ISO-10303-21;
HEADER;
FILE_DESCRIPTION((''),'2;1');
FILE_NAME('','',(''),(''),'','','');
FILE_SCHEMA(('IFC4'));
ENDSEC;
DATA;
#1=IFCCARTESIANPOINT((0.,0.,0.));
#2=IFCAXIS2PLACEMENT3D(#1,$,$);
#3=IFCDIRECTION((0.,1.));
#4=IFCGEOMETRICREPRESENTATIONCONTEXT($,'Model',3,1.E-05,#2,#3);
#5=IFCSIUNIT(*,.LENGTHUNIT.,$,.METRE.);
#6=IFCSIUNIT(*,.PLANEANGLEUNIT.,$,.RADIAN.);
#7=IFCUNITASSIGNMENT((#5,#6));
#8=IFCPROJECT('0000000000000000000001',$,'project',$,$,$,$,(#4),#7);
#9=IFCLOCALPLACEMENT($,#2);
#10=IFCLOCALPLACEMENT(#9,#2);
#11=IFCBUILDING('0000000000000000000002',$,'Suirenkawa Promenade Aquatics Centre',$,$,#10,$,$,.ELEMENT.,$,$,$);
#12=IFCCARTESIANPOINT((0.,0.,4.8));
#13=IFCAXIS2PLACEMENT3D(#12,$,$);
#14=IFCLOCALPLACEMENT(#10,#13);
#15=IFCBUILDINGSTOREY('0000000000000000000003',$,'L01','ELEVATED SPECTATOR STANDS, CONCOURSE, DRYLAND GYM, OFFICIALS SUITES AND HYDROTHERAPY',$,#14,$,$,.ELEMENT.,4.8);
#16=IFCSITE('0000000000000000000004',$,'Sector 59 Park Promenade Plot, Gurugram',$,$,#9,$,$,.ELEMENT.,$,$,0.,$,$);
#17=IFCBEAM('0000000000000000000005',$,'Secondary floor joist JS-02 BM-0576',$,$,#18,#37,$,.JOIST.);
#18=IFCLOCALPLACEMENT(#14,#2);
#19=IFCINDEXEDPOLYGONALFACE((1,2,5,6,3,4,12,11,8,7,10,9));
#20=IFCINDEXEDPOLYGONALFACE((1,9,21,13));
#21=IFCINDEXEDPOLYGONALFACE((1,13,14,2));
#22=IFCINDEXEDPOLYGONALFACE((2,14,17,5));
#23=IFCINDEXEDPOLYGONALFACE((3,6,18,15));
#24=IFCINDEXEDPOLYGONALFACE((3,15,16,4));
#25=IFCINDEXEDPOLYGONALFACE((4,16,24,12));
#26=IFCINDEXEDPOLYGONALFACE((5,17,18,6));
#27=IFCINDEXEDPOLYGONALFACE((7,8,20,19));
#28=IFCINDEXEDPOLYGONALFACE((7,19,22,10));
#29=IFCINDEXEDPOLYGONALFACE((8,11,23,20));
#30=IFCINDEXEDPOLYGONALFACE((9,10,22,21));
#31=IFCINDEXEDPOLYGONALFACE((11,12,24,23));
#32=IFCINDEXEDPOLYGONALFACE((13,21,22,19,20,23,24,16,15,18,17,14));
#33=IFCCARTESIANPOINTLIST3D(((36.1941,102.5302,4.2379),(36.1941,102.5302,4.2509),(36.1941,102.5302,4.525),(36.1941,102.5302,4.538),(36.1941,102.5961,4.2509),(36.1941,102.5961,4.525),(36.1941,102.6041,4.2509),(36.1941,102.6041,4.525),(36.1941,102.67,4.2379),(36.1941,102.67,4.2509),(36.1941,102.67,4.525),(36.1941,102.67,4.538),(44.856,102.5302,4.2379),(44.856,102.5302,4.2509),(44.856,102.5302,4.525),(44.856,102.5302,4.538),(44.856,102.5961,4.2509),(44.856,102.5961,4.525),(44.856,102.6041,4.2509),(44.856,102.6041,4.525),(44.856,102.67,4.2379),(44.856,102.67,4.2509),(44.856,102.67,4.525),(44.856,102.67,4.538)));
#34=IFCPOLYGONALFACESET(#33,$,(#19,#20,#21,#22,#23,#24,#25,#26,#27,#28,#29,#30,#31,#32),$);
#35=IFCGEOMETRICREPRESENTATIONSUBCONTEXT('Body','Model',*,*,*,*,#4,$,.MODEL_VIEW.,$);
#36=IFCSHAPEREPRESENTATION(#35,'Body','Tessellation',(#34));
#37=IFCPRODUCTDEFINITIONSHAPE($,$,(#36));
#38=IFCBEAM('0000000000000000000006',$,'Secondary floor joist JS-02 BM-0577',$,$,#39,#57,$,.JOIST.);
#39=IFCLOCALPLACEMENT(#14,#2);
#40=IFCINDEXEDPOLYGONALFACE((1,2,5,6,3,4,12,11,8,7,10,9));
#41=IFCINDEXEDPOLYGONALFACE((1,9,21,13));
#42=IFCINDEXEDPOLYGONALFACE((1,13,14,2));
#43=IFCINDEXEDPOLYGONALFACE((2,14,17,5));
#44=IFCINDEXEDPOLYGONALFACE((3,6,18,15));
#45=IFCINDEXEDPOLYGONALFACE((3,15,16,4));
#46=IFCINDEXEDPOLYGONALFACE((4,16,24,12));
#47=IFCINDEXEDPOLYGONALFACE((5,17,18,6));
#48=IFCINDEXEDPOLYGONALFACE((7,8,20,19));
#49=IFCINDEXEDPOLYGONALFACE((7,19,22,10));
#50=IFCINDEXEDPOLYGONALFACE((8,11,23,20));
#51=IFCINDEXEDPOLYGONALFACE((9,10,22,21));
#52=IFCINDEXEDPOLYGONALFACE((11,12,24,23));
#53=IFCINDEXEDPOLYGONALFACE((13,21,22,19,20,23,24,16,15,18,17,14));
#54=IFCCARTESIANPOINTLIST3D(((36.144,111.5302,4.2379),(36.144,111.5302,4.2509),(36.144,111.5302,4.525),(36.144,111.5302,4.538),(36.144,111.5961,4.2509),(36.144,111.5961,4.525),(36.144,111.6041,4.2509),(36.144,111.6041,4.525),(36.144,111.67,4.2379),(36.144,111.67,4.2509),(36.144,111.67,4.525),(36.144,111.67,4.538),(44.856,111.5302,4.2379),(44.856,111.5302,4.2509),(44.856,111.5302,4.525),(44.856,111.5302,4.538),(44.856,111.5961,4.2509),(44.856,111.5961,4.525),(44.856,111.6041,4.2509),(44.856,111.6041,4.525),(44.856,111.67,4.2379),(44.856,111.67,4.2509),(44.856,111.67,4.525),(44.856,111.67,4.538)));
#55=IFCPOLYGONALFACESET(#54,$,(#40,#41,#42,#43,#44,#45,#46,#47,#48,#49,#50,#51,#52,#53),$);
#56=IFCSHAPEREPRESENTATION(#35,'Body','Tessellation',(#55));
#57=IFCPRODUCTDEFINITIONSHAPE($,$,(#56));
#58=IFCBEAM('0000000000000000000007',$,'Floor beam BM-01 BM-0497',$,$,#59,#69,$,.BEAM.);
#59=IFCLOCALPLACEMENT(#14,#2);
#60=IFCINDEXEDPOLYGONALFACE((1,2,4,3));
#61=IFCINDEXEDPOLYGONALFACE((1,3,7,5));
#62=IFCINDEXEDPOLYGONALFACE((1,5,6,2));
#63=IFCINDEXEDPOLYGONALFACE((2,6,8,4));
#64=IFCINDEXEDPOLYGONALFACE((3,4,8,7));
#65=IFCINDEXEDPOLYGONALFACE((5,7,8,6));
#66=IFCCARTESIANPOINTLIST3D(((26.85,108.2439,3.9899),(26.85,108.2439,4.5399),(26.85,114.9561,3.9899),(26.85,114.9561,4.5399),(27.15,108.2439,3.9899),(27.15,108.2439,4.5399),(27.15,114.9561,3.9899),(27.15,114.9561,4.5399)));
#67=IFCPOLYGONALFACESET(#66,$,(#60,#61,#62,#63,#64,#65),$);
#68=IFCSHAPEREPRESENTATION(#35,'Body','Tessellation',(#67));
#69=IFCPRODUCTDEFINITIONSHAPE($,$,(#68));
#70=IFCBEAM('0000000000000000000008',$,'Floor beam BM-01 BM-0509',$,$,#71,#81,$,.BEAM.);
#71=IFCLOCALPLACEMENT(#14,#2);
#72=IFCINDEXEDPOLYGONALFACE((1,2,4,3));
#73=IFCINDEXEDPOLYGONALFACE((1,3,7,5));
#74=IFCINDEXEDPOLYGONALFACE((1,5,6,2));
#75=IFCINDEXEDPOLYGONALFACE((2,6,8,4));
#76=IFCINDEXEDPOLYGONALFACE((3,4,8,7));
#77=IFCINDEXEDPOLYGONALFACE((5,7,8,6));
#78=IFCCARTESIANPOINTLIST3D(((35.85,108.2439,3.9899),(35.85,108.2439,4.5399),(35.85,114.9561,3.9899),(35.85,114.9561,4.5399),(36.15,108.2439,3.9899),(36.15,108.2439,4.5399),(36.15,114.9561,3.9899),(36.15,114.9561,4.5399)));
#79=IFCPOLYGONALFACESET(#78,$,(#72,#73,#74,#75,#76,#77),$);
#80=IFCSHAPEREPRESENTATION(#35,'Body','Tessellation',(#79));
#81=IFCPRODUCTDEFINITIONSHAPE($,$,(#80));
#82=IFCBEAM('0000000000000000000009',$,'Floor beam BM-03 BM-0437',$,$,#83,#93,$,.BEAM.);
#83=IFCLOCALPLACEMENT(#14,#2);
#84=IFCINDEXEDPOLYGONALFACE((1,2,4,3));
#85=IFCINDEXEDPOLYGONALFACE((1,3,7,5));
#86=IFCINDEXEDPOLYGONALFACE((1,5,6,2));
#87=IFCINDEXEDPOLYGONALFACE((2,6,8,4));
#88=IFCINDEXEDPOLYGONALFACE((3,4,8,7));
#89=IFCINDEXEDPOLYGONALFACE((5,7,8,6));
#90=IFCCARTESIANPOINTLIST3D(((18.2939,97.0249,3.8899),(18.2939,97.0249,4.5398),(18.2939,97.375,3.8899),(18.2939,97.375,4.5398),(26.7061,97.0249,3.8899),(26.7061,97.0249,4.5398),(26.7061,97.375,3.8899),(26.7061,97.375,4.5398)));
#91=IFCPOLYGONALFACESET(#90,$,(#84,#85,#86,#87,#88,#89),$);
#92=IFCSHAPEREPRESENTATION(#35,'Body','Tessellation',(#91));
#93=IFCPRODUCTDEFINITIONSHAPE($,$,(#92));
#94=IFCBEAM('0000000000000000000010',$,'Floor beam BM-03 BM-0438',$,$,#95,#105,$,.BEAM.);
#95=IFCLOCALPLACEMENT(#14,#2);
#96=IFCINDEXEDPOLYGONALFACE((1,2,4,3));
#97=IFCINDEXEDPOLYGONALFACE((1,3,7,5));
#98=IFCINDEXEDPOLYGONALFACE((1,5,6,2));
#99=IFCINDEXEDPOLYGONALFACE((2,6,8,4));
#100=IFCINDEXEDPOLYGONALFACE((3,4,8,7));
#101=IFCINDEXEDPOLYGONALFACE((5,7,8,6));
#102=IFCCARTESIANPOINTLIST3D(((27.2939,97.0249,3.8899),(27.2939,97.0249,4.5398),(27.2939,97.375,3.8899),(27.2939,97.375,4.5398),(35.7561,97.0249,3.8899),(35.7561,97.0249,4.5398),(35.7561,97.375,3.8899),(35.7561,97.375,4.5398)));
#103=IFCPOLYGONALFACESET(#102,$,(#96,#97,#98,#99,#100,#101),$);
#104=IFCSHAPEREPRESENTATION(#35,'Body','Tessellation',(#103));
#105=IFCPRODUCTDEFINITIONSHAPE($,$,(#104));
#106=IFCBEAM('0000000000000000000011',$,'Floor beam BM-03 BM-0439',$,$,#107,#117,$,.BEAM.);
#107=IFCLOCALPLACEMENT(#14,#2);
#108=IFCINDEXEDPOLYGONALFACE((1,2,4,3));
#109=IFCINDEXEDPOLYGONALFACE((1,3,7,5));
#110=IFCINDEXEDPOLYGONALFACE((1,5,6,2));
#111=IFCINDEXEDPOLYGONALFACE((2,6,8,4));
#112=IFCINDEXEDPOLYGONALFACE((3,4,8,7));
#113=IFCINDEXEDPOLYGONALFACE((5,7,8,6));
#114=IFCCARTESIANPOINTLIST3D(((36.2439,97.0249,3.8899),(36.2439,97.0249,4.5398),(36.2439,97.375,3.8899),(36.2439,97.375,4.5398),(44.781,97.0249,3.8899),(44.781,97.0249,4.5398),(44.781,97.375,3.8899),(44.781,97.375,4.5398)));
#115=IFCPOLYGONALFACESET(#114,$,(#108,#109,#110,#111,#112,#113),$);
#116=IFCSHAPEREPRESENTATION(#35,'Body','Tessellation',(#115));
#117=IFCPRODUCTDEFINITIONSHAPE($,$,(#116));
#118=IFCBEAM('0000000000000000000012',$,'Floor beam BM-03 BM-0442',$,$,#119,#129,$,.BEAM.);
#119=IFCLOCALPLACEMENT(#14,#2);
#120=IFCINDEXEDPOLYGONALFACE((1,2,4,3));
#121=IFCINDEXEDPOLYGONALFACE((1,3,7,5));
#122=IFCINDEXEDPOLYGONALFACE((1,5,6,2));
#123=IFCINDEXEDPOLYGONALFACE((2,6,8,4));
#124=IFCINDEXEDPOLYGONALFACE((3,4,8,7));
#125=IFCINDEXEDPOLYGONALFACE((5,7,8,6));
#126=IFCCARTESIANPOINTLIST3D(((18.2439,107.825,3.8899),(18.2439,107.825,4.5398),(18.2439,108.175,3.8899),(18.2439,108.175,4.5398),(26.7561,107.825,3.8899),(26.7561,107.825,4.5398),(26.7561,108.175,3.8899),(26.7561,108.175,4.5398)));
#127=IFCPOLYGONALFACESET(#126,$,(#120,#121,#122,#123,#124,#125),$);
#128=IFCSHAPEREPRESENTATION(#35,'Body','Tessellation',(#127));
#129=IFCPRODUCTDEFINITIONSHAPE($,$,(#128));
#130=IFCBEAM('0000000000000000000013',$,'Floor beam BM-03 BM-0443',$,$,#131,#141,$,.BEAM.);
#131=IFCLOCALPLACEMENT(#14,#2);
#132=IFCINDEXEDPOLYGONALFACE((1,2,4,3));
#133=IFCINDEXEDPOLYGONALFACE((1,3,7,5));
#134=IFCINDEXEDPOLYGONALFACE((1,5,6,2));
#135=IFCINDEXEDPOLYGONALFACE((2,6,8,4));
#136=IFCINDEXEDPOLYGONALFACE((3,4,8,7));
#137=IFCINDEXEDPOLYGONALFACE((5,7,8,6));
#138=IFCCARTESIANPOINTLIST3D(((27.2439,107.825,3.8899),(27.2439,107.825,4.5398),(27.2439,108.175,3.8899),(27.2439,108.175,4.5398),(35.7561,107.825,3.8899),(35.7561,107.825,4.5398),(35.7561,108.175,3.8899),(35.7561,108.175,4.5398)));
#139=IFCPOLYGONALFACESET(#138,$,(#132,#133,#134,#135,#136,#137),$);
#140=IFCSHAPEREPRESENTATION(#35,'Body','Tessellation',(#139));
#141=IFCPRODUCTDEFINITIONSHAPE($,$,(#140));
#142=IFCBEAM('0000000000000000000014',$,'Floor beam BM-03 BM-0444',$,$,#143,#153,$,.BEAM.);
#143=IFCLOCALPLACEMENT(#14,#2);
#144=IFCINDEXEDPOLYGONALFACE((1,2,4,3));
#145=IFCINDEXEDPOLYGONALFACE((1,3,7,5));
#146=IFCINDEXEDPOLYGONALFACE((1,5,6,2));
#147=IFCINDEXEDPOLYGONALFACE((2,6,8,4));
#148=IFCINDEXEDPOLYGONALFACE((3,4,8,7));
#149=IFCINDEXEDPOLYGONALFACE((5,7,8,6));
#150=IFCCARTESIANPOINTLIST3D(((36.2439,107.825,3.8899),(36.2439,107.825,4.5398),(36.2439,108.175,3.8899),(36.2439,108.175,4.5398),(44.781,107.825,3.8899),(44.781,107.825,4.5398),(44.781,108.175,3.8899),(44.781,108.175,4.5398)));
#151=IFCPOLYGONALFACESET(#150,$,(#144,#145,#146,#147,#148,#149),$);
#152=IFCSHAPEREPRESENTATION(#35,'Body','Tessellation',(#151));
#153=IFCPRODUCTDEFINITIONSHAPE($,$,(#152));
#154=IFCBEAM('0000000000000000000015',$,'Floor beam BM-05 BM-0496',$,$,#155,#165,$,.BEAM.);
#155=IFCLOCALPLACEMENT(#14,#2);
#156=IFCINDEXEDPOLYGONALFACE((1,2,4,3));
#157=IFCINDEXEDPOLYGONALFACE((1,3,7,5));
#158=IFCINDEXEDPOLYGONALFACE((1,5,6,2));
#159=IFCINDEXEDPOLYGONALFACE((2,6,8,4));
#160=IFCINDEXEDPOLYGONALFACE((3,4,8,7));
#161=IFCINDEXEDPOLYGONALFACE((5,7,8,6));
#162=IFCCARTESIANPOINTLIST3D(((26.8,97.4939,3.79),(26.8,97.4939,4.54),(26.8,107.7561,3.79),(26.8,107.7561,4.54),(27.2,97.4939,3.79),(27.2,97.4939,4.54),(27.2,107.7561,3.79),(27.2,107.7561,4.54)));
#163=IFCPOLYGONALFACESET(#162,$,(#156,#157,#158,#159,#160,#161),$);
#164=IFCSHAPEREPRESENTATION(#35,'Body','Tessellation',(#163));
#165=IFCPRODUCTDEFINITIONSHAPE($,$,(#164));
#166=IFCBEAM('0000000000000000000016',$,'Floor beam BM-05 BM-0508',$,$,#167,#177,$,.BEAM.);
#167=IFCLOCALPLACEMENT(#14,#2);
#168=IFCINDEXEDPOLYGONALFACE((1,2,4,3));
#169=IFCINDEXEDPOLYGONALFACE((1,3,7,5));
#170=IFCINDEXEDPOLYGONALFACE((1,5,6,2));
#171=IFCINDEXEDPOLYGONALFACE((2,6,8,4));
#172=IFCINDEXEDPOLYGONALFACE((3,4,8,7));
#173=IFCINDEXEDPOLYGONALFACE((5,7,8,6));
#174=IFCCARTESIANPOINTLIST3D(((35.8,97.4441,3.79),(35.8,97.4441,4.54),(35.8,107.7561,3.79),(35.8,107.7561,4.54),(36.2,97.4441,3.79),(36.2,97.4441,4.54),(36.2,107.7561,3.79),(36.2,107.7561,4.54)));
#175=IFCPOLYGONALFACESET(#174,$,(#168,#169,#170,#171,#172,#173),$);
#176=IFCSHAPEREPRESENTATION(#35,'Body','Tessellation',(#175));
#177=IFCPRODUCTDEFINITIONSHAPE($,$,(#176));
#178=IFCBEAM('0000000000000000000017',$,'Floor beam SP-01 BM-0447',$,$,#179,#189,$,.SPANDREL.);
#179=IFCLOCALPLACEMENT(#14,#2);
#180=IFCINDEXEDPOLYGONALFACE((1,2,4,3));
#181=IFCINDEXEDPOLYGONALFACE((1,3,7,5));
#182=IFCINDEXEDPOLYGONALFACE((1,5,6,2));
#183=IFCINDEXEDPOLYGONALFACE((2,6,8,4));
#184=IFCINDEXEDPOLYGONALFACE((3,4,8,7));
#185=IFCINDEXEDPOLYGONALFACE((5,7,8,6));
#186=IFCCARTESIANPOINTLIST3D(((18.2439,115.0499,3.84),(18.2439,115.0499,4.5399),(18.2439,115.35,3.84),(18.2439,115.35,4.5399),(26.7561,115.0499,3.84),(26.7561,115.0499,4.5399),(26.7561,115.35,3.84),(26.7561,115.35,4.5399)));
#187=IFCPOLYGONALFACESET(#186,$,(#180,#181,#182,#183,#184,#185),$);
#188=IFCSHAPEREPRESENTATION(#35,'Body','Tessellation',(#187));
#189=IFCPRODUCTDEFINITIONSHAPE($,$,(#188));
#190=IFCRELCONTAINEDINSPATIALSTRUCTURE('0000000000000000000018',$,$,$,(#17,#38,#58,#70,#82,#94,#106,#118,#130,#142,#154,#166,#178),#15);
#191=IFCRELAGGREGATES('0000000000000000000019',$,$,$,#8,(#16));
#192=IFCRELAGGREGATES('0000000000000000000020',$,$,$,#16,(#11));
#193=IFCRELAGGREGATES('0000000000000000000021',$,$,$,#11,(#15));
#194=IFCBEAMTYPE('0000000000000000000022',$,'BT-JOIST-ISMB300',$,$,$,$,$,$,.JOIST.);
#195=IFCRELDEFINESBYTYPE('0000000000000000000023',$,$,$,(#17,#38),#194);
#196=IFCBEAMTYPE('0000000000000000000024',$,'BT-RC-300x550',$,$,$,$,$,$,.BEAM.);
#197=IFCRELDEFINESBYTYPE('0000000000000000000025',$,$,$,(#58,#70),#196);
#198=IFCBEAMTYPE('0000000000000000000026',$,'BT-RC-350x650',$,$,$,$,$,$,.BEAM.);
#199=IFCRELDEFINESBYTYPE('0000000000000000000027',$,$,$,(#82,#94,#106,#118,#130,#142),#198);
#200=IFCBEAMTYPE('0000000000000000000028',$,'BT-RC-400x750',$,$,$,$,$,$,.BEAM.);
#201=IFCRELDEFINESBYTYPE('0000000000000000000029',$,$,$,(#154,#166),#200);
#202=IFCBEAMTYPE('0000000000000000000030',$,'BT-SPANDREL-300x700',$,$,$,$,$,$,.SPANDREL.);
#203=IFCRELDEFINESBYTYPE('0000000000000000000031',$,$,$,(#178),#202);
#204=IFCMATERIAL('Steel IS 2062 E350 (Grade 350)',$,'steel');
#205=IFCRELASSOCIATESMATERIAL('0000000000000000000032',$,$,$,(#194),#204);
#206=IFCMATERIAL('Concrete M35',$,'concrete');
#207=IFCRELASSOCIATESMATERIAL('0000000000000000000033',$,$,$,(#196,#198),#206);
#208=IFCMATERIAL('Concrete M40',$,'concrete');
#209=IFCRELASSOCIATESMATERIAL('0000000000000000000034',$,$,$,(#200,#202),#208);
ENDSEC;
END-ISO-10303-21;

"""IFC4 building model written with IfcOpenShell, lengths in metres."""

from ifc_helpers import new_model, si_unit, direction, frame, origin, origin_2d, place, context, subcontext, project, spatial, rectangle, i_section, extrude, material, material_profile, profile_set, type_object, element, save


model = new_model("IFC4")

# Units and contexts
model_context = context("Model", 3, precision=1e-05, world=origin(), true_north=direction((0.0, 1.0)))
body_context = subcontext(model_context, "Body", "Model", "MODEL_VIEW")
ifc_project = project(units=[si_unit("LENGTHUNIT", "METRE"), si_unit("PLANEANGLEUNIT", "RADIAN")], contexts=[model_context])

# Site, building, storey
site_placement = place(None, origin())
site = spatial("IfcSite", under=ifc_project, at=site_placement, Name="Sector 59 Park Promenade Plot, Gurugram", CompositionType="ELEMENT", RefElevation=0.0)
building_placement = place(site_placement, origin())
building = spatial("IfcBuilding", under=site, at=building_placement, Name="Suirenkawa Promenade Aquatics Centre", CompositionType="ELEMENT")
storey_placement = place(building_placement, frame((0.0, 0.0, 4.8)))
storey = spatial("IfcBuildingStorey", under=building, at=storey_placement, Name="L01", Description="ELEVATED SPECTATOR STANDS, CONCOURSE, DRYLAND GYM, OFFICIALS SUITES AND HYDROTHERAPY", CompositionType="ELEMENT", Elevation=4.8)

# Shared definitions
ifc_material_1 = material(Name="Concrete M40", Category="concrete")

# Beams
ifc_material_2 = material(Name="Steel IS 2062 E350 (Grade 350)", Category="steel")
ifc_material_profile_1 = material_profile(ifc_material_2, i_section(OverallWidth=0.1399, OverallDepth=0.3, WebThickness=0.0081, FlangeThickness=0.0129, at=origin_2d()), Name="ISMB 300", Category="steel")
ifc_profile_set_1 = profile_set([ifc_material_profile_1], Name="Steel IS 2062 E350 (Grade 350)")
beam_type_1 = type_object("IfcBeamType", Name="BT-JOIST-ISMB300", PredefinedType="JOIST", material=ifc_profile_set_1)
for number, where, z_axis, x_axis, name in (
    (1, (36.1941, 102.6001, 4.3879), (1.0, 0.0, 0.0), (0.0, 1.0, 0.0), "Secondary floor joist JS-02 BM-0576"),
):
    element("IfcBeam", number, at=place(storey_placement, frame(where, z_axis=z_axis, x_axis=x_axis)), inside=storey, type_object=beam_type_1, Name=name, PredefinedType="JOIST", context=body_context, shape_type="SweptSolid", body=[
        extrude(i_section(OverallWidth=0.1399, OverallDepth=0.3, WebThickness=0.0081, FlangeThickness=0.0129, at=origin_2d()), origin(), (0.0, 0.0, 1.0), 8.6619),
    ])
beam_1_placement = place(storey_placement, frame((36.144, 111.6001, 4.3879), z_axis=(1.0, 0.0, 0.0), x_axis=(0.0, 1.0, 0.0)))
element("IfcBeam", 2, at=beam_1_placement, inside=storey, type_object=beam_type_1, Name="Secondary floor joist JS-02 BM-0577", PredefinedType="JOIST", context=body_context, shape_type="SweptSolid", body=[
    extrude(i_section(OverallWidth=0.1399, OverallDepth=0.3, WebThickness=0.0081, FlangeThickness=0.0129, at=origin_2d()), origin(), (0.0, 0.0, 1.0), 8.7119),
])
ifc_material_3 = material(Name="Concrete M35", Category="concrete")
ifc_material_profile_2 = material_profile(ifc_material_3, rectangle(XDim=0.3, YDim=0.55, at=origin_2d()), Name="RC BM 300x550", Category="concrete")
ifc_profile_set_2 = profile_set([ifc_material_profile_2], Name="Concrete M35")
beam_type_2 = type_object("IfcBeamType", Name="BT-RC-300x550", PredefinedType="BEAM", material=ifc_profile_set_2)
for number, where, z_axis, x_axis, name in (
    (3, (27.0, 108.2439, 4.2649), (0.0, 1.0, 0.0), (-1.0, 0.0, 0.0), "Floor beam BM-01 BM-0497"),
    (4, (36.0, 108.2439, 4.2649), (0.0, 1.0, 0.0), (-1.0, 0.0, 0.0), "Floor beam BM-01 BM-0509"),
):
    element("IfcBeam", number, at=place(storey_placement, frame(where, z_axis=z_axis, x_axis=x_axis)), inside=storey, type_object=beam_type_2, Name=name, PredefinedType="BEAM", context=body_context, shape_type="SweptSolid", body=[
        extrude(rectangle(XDim=0.3, YDim=0.55, at=origin_2d()), origin(), (0.0, 0.0, 1.0), 6.7122),
    ])
ifc_material_profile_3 = material_profile(ifc_material_3, rectangle(XDim=0.3501, YDim=0.6499, at=origin_2d()), Name="RC BM 350x650", Category="concrete")
ifc_profile_set_3 = profile_set([ifc_material_profile_3], Name="Concrete M35")
beam_type_3 = type_object("IfcBeamType", Name="BT-RC-350x650", PredefinedType="BEAM", material=ifc_profile_set_3)
beam_2_placement = place(storey_placement, frame((18.2939, 97.2, 4.2148), z_axis=(1.0, 0.0, 0.0), x_axis=(0.0, 1.0, 0.0)))
element("IfcBeam", 5, at=beam_2_placement, inside=storey, type_object=beam_type_3, Name="Floor beam BM-03 BM-0437", PredefinedType="BEAM", context=body_context, shape_type="SweptSolid", body=[
    extrude(rectangle(XDim=0.3501, YDim=0.6499, at=origin_2d()), origin(), (0.0, 0.0, 1.0), 8.4121),
])
beam_3_placement = place(storey_placement, frame((27.2939, 97.2, 4.2148), z_axis=(1.0, 0.0, 0.0), x_axis=(0.0, 1.0, 0.0)))
element("IfcBeam", 6, at=beam_3_placement, inside=storey, type_object=beam_type_3, Name="Floor beam BM-03 BM-0438", PredefinedType="BEAM", context=body_context, shape_type="SweptSolid", body=[
    extrude(rectangle(XDim=0.3501, YDim=0.6499, at=origin_2d()), origin(), (0.0, 0.0, 1.0), 8.4622),
])
beam_4_placement = place(storey_placement, frame((36.2439, 97.2, 4.2148), z_axis=(1.0, 0.0, 0.0), x_axis=(0.0, 1.0, 0.0)))
element("IfcBeam", 7, at=beam_4_placement, inside=storey, type_object=beam_type_3, Name="Floor beam BM-03 BM-0439", PredefinedType="BEAM", context=body_context, shape_type="SweptSolid", body=[
    extrude(rectangle(XDim=0.3501, YDim=0.6499, at=origin_2d()), origin(), (0.0, 0.0, 1.0), 8.5371),
])
for number, where, z_axis, x_axis, name in (
    (8, (18.2439, 108.0, 4.2148), (1.0, 0.0, 0.0), (0.0, 1.0, 0.0), "Floor beam BM-03 BM-0442"),
    (9, (27.2439, 108.0, 4.2148), (1.0, 0.0, 0.0), (0.0, 1.0, 0.0), "Floor beam BM-03 BM-0443"),
):
    element("IfcBeam", number, at=place(storey_placement, frame(where, z_axis=z_axis, x_axis=x_axis)), inside=storey, type_object=beam_type_3, Name=name, PredefinedType="BEAM", context=body_context, shape_type="SweptSolid", body=[
        extrude(rectangle(XDim=0.3501, YDim=0.6499, at=origin_2d()), origin(), (0.0, 0.0, 1.0), 8.5122),
    ])
beam_5_placement = place(storey_placement, frame((36.2439, 108.0, 4.2148), z_axis=(1.0, 0.0, 0.0), x_axis=(0.0, 1.0, 0.0)))
element("IfcBeam", 10, at=beam_5_placement, inside=storey, type_object=beam_type_3, Name="Floor beam BM-03 BM-0444", PredefinedType="BEAM", context=body_context, shape_type="SweptSolid", body=[
    extrude(rectangle(XDim=0.3501, YDim=0.6499, at=origin_2d()), origin(), (0.0, 0.0, 1.0), 8.5371),
])
ifc_material_profile_4 = material_profile(ifc_material_1, rectangle(XDim=0.3999, YDim=0.75, at=origin_2d()), Name="RC BM 400x750", Category="concrete")
ifc_profile_set_4 = profile_set([ifc_material_profile_4], Name="Concrete M40")
beam_type_4 = type_object("IfcBeamType", Name="BT-RC-400x750", PredefinedType="BEAM", material=ifc_profile_set_4)
beam_6_placement = place(storey_placement, frame((27.0, 97.4939, 4.165), z_axis=(0.0, 1.0, 0.0), x_axis=(-1.0, 0.0, 0.0)))
element("IfcBeam", 11, at=beam_6_placement, inside=storey, type_object=beam_type_4, Name="Floor beam BM-05 BM-0496", PredefinedType="BEAM", context=body_context, shape_type="SweptSolid", body=[
    extrude(rectangle(XDim=0.3999, YDim=0.75, at=origin_2d()), origin(), (0.0, 0.0, 1.0), 10.2622),
])
beam_7_placement = place(storey_placement, frame((36.0, 97.4441, 4.165), z_axis=(0.0, 1.0, 0.0), x_axis=(-1.0, 0.0, 0.0)))
element("IfcBeam", 12, at=beam_7_placement, inside=storey, type_object=beam_type_4, Name="Floor beam BM-05 BM-0508", PredefinedType="BEAM", context=body_context, shape_type="SweptSolid", body=[
    extrude(rectangle(XDim=0.3999, YDim=0.75, at=origin_2d()), origin(), (0.0, 0.0, 1.0), 10.312),
])
ifc_material_profile_5 = material_profile(ifc_material_1, rectangle(XDim=0.3, YDim=0.7, at=origin_2d()), Name="RC SPANDREL 300x700", Category="concrete")
ifc_profile_set_5 = profile_set([ifc_material_profile_5], Name="Concrete M40")
beam_type_5 = type_object("IfcBeamType", Name="BT-SPANDREL-300x700", PredefinedType="SPANDREL", material=ifc_profile_set_5)
for number, where, z_axis, x_axis, name in (
    (13, (18.2439, 115.2, 4.1899), (1.0, 0.0, 0.0), (0.0, 1.0, 0.0), "Floor beam SP-01 BM-0447"),
):
    element("IfcBeam", number, at=place(storey_placement, frame(where, z_axis=z_axis, x_axis=x_axis)), inside=storey, type_object=beam_type_5, Name=name, PredefinedType="SPANDREL", context=body_context, shape_type="SweptSolid", body=[
        extrude(rectangle(XDim=0.3, YDim=0.7, at=origin_2d()), origin(), (0.0, 0.0, 1.0), 8.5122),
    ])

save(model, "model.ifc")
